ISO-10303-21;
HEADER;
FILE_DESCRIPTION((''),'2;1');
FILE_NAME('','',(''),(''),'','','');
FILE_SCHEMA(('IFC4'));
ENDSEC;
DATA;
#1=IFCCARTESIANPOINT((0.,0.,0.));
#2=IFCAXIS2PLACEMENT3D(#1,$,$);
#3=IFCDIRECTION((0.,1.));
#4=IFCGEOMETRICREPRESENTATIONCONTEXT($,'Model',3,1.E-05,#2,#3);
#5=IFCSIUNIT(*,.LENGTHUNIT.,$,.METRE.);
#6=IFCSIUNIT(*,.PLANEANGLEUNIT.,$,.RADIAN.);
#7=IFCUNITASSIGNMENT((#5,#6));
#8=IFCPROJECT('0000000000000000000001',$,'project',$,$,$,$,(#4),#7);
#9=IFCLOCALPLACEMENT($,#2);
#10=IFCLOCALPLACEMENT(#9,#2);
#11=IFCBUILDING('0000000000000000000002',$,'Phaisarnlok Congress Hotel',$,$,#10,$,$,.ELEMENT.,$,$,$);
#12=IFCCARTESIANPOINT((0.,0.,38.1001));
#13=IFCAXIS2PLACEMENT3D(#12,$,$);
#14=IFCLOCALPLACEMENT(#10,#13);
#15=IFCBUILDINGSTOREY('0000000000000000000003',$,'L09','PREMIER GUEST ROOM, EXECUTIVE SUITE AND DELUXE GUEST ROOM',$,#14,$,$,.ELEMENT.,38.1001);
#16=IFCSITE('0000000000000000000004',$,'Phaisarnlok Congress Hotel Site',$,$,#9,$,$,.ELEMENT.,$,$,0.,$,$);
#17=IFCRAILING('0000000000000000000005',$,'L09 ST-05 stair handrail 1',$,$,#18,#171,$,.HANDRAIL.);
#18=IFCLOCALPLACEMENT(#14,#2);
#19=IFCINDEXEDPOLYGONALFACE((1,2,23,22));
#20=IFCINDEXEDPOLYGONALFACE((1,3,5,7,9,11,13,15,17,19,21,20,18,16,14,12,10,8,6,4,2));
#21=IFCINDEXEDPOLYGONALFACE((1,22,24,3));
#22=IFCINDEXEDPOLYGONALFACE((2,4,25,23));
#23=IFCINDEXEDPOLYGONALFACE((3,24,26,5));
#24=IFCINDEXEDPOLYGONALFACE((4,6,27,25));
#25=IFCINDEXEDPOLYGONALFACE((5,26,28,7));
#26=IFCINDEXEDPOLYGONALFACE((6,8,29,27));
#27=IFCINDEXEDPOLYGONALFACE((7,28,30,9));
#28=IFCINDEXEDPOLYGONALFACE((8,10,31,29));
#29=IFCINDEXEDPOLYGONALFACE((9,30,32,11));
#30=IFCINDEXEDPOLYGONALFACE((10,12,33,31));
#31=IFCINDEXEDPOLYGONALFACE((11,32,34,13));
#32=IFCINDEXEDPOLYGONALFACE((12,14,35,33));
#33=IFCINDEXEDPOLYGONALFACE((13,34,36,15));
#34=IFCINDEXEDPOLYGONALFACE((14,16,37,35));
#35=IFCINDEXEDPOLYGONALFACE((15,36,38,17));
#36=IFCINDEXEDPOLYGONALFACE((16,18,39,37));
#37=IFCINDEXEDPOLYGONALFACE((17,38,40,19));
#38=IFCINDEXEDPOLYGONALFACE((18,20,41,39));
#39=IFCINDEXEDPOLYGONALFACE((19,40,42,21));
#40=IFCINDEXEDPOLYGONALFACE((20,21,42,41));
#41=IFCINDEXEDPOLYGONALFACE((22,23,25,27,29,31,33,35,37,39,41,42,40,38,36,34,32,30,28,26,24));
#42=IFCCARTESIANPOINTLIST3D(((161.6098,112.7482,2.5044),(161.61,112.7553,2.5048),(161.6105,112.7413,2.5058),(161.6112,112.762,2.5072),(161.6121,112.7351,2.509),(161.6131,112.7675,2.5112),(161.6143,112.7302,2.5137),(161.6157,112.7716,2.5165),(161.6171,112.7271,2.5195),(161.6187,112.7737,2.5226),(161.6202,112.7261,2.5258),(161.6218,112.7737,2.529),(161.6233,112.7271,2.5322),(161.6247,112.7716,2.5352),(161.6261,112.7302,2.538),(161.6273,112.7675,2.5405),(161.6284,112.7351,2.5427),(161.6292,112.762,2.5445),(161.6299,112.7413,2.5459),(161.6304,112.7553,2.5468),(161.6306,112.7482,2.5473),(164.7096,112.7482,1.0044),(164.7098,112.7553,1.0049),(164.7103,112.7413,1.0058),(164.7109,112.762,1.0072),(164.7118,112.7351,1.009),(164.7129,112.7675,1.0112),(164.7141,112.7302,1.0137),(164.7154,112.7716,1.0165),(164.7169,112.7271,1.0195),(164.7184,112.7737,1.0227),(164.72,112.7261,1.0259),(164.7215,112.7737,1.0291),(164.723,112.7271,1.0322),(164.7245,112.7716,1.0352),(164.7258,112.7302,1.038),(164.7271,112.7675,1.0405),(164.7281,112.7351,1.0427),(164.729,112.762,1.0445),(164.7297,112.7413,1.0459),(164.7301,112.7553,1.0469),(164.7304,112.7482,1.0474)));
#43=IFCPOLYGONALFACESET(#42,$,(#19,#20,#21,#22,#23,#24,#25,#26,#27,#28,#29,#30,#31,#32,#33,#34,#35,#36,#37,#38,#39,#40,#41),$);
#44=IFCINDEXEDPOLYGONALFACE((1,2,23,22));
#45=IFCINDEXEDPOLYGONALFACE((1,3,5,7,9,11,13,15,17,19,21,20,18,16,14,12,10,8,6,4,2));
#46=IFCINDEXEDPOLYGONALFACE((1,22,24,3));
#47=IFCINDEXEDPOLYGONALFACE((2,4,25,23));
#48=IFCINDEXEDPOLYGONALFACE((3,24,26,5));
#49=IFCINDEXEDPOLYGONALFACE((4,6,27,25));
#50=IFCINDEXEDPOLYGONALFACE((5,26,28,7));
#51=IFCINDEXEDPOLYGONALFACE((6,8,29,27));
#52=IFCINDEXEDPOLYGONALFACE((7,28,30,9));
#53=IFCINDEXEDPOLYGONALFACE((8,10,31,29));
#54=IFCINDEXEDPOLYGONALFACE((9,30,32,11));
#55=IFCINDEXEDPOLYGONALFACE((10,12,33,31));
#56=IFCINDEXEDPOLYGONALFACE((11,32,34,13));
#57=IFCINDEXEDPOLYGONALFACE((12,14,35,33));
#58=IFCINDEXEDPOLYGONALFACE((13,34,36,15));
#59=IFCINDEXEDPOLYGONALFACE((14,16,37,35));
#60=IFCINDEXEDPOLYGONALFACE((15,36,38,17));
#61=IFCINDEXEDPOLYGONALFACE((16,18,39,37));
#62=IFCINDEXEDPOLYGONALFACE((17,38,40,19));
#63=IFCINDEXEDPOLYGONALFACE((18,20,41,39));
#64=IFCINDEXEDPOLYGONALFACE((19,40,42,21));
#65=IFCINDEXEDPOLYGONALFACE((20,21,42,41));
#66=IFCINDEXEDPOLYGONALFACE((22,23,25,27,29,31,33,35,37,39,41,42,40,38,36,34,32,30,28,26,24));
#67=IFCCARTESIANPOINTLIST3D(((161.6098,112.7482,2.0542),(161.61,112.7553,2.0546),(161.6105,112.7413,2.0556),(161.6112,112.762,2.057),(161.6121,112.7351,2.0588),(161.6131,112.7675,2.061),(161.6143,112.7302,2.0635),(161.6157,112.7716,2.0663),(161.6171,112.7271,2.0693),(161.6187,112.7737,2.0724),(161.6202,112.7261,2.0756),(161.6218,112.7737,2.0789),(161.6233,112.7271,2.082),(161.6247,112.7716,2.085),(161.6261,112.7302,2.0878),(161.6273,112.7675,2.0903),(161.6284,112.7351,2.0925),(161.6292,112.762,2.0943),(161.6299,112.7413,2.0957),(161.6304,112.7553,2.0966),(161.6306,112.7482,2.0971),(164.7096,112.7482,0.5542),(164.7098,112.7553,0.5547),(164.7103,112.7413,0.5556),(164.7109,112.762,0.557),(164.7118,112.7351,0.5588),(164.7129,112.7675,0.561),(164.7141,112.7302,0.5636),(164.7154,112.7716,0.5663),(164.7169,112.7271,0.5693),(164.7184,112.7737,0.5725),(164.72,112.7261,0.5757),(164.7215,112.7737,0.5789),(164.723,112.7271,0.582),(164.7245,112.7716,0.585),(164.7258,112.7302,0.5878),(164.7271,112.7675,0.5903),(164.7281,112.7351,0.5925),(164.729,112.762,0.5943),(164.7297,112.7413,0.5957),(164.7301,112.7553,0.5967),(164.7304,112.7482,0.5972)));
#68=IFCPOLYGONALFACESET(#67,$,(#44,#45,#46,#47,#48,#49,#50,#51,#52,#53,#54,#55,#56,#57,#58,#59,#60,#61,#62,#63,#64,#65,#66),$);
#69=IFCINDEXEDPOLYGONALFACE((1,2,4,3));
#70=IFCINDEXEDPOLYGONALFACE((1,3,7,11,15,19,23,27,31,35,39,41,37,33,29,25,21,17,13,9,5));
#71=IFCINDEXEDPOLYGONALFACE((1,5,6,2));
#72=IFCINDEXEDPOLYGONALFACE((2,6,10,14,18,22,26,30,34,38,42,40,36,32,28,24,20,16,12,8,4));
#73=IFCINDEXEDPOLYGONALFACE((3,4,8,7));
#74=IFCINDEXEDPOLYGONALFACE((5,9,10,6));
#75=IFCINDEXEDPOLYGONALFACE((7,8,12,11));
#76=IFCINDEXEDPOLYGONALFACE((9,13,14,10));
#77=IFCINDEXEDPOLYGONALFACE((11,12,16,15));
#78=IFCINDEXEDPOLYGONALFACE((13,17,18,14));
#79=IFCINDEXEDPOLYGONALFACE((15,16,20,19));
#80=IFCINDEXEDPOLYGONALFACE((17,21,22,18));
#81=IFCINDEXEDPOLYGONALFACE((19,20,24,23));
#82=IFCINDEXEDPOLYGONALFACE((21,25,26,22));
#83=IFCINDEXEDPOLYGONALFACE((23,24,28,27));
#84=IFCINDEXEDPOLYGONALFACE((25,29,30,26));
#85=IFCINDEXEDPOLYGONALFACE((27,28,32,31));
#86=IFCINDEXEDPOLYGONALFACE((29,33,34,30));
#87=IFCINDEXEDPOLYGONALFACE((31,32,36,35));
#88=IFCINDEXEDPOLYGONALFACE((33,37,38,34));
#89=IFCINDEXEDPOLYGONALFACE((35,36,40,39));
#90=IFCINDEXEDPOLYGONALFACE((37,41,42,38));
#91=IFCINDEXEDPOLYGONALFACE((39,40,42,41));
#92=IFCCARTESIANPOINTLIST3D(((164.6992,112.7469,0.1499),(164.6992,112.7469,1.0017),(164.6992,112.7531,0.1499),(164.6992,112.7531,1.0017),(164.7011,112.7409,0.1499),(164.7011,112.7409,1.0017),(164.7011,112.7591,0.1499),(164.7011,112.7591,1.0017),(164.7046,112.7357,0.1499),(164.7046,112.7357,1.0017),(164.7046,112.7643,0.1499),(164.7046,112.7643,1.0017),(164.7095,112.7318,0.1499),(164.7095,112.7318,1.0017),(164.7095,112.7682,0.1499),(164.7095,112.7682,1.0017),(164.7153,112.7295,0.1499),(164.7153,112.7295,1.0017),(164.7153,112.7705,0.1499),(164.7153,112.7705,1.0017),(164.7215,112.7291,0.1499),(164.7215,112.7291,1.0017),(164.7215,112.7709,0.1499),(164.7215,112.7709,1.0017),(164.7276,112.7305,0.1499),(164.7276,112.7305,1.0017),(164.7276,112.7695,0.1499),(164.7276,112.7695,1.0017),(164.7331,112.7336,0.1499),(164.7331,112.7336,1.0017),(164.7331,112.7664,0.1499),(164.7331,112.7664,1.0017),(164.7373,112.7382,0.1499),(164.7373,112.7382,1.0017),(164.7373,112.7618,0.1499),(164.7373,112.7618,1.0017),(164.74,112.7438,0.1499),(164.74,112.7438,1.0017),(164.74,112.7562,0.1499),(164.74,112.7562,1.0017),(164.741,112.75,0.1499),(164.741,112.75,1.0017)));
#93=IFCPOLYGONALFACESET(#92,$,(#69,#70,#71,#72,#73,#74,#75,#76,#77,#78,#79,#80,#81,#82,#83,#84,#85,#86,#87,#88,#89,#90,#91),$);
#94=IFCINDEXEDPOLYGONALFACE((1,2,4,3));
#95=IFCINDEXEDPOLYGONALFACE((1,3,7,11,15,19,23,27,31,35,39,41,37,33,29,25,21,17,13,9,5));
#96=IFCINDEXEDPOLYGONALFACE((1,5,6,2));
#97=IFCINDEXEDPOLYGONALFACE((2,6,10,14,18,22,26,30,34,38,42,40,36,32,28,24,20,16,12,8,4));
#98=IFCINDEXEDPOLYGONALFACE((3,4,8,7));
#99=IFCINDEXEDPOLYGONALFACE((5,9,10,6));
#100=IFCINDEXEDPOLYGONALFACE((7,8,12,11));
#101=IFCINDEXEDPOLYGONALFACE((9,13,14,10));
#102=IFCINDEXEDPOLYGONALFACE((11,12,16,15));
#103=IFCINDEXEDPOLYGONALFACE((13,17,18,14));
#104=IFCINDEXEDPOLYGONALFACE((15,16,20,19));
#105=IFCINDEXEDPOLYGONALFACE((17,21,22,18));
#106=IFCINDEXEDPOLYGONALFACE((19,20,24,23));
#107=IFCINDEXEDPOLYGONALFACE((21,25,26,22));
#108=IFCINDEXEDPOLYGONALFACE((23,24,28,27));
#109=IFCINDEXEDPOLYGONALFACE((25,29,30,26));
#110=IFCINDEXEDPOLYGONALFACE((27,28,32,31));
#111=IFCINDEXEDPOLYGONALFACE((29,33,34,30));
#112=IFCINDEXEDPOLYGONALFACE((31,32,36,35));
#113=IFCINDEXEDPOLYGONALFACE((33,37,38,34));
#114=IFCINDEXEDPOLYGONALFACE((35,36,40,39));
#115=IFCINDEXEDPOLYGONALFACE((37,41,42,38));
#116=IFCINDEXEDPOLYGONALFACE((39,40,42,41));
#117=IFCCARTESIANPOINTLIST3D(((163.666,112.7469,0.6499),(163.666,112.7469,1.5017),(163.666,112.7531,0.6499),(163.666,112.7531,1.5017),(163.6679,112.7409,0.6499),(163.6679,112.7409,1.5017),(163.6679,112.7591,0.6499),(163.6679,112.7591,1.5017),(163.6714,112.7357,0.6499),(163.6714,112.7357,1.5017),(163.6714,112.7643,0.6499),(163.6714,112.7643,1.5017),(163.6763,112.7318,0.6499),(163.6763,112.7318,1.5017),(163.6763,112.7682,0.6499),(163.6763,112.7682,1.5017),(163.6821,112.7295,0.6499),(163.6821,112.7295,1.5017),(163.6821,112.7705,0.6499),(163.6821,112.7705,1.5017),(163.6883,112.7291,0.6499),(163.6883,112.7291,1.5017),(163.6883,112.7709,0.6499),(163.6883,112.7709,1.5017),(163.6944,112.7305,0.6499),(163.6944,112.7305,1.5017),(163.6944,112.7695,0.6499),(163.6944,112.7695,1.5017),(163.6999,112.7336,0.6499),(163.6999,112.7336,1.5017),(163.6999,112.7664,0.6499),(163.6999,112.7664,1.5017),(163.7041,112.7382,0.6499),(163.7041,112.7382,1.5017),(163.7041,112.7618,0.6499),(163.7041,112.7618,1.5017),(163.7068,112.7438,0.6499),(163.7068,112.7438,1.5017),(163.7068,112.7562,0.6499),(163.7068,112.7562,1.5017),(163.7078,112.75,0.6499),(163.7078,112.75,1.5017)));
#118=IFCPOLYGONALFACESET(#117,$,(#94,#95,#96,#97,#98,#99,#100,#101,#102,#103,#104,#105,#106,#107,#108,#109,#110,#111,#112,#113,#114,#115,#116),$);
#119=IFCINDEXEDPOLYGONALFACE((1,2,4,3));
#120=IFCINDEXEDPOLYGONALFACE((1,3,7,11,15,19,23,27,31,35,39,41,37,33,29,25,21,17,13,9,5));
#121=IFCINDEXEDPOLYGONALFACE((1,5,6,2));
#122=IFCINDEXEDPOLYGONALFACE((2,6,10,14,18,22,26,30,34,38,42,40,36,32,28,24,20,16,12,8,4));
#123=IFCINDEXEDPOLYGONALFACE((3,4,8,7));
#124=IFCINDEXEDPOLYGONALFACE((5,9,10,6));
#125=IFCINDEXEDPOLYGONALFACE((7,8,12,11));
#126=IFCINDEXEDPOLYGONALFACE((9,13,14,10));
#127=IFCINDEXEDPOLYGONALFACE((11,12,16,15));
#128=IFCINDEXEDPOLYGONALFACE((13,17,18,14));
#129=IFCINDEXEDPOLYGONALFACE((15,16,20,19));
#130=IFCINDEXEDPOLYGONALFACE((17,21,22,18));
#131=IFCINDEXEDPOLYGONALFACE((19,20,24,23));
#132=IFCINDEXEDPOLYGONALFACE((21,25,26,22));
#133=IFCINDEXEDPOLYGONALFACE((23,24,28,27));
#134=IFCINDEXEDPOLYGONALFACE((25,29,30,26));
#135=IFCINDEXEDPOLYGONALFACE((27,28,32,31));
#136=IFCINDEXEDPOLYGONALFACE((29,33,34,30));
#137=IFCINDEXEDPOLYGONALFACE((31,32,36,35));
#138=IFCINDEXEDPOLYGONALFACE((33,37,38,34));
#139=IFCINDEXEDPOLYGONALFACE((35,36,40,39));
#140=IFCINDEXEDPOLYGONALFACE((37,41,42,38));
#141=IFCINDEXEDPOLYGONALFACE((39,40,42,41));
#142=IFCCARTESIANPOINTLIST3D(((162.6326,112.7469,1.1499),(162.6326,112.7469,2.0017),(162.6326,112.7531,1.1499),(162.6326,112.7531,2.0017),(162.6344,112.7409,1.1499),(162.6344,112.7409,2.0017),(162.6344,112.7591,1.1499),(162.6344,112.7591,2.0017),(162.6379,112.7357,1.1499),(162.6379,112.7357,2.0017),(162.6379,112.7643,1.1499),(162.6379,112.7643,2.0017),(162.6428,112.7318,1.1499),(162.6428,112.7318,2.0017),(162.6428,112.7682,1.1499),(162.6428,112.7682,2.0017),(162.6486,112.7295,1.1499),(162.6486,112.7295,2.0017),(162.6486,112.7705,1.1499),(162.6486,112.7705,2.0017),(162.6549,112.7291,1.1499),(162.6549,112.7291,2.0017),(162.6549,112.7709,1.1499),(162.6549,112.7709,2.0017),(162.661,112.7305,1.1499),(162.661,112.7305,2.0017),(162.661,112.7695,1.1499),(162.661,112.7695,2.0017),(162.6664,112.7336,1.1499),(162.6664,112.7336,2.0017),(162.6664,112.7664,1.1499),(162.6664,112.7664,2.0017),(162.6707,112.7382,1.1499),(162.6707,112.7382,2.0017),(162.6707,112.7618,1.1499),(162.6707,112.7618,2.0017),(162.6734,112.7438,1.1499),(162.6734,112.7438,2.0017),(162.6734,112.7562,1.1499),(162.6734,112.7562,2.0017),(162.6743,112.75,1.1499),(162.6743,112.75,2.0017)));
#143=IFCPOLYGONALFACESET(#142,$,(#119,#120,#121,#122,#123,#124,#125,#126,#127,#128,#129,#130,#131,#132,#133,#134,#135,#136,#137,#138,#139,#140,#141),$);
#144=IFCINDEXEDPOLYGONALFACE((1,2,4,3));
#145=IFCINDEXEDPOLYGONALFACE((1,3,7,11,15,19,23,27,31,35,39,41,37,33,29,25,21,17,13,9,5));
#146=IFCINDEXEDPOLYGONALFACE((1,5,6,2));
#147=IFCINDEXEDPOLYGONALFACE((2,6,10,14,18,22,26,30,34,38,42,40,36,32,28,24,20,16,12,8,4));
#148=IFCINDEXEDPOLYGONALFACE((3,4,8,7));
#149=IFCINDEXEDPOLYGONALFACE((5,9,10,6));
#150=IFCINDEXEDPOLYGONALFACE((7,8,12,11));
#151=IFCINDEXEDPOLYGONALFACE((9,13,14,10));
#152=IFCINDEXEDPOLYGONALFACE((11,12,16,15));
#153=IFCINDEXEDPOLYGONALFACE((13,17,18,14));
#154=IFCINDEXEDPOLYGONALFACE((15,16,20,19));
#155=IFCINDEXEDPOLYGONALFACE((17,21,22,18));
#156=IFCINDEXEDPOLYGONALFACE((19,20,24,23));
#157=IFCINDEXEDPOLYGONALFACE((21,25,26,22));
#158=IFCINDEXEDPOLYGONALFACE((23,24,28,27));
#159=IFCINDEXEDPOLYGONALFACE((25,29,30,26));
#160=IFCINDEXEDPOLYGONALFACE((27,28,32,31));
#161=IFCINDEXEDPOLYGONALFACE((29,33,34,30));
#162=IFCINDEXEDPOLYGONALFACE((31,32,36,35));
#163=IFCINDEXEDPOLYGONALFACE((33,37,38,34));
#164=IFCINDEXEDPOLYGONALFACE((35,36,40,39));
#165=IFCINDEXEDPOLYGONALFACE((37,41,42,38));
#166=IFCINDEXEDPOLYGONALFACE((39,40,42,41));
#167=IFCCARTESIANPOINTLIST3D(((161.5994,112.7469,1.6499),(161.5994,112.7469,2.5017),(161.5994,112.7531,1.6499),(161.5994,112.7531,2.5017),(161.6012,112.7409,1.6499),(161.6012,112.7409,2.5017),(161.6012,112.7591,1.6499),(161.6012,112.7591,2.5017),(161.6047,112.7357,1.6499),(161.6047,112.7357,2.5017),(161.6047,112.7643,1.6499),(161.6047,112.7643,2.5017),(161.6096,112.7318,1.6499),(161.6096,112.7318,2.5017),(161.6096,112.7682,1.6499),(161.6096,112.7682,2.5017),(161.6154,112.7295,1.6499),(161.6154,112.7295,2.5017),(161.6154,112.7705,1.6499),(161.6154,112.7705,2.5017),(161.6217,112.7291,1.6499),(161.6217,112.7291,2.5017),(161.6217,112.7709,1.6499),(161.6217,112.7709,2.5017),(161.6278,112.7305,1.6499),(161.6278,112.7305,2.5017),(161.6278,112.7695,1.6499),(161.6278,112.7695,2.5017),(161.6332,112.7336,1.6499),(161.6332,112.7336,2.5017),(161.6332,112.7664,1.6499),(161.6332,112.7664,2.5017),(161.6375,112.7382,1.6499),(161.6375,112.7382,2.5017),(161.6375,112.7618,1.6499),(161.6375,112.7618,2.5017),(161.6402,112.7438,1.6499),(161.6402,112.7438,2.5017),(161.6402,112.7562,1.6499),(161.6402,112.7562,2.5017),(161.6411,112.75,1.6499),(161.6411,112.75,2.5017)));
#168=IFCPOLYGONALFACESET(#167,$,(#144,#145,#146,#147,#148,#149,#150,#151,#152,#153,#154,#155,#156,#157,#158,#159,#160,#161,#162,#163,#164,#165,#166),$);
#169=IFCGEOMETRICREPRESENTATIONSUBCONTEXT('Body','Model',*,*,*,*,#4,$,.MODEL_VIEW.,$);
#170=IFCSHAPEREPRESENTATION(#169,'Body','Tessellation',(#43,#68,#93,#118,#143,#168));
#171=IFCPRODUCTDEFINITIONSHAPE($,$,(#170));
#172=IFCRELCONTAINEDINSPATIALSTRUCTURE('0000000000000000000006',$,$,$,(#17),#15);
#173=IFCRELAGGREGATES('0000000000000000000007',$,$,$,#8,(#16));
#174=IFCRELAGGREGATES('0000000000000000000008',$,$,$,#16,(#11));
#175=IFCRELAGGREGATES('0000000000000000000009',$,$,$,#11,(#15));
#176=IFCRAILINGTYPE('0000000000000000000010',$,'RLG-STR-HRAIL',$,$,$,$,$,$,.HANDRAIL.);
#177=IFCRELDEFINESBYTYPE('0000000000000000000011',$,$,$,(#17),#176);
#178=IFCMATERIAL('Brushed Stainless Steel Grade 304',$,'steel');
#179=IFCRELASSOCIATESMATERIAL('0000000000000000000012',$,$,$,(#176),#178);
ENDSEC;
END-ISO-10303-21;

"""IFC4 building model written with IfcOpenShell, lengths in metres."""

from ifc_helpers import new_model, si_unit, direction, frame, origin, origin_2d, place, context, subcontext, project, spatial, circle, extrude, material, type_object, element, save


model = new_model("IFC4")

# Units and contexts
model_context = context("Model", 3, precision=1e-05, world=origin(), true_north=direction((0.0, 1.0)))
body_context = subcontext(model_context, "Body", "Model", "MODEL_VIEW")
ifc_project = project(units=[si_unit("LENGTHUNIT", "METRE"), si_unit("PLANEANGLEUNIT", "RADIAN")], contexts=[model_context])

# Site, building, storey
site_placement = place(None, origin())
site = spatial("IfcSite", under=ifc_project, at=site_placement, Name="Phaisarnlok Congress Hotel Site", CompositionType="ELEMENT", RefElevation=0.0)
building_placement = place(site_placement, origin())
building = spatial("IfcBuilding", under=site, at=building_placement, Name="Phaisarnlok Congress Hotel", CompositionType="ELEMENT")
storey_placement = place(building_placement, frame((0.0, 0.0, 38.1001)))
storey = spatial("IfcBuildingStorey", under=building, at=storey_placement, Name="L09", Description="PREMIER GUEST ROOM, EXECUTIVE SUITE AND DELUXE GUEST ROOM", CompositionType="ELEMENT", Elevation=38.1001)

# Railing
ifc_material_1 = material(Name="Brushed Stainless Steel Grade 304", Category="steel")
railing_type_1 = type_object("IfcRailingType", Name="RLG-STR-HRAIL", PredefinedType="HANDRAIL", material=ifc_material_1)
railing_1_placement = place(storey_placement, frame((164.72, 112.75, 0.1499)))
element("IfcRailing", 1, at=railing_1_placement, inside=storey, type_object=railing_type_1, Name="L09 ST-05 stair handrail 1", PredefinedType="HANDRAIL", context=body_context, shape_type="SweptSolid", body=[
    extrude(circle(Radius=0.0239, at=origin_2d()), frame((0.0, 0.0, 0.876), z_axis=(-0.900151, 0.0, 0.435578), x_axis=(0.0, -1.0, 0.0)), (0.0, 0.0, 1.0), 3.4436),
    extrude(circle(Radius=0.0239, at=origin_2d()), frame((0.0, 0.0, 0.4258), z_axis=(-0.900151, 0.0, 0.435578), x_axis=(0.0, -1.0, 0.0)), (0.0, 0.0, 1.0), 3.4436),
    extrude(circle(Radius=0.021, at=origin_2d()), origin(), (0.0, 0.0, 1.0), 0.8518),
    extrude(circle(Radius=0.021, at=origin_2d()), frame((-1.0332, 0.0, 0.5)), (0.0, 0.0, 1.0), 0.8518),
    extrude(circle(Radius=0.021, at=origin_2d()), frame((-2.0667, 0.0, 1.0)), (0.0, 0.0, 1.0), 0.8518),
    extrude(circle(Radius=0.021, at=origin_2d()), frame((-3.0999, 0.0, 1.5)), (0.0, 0.0, 1.0), 0.8518),
])

save(model, "model.ifc")
